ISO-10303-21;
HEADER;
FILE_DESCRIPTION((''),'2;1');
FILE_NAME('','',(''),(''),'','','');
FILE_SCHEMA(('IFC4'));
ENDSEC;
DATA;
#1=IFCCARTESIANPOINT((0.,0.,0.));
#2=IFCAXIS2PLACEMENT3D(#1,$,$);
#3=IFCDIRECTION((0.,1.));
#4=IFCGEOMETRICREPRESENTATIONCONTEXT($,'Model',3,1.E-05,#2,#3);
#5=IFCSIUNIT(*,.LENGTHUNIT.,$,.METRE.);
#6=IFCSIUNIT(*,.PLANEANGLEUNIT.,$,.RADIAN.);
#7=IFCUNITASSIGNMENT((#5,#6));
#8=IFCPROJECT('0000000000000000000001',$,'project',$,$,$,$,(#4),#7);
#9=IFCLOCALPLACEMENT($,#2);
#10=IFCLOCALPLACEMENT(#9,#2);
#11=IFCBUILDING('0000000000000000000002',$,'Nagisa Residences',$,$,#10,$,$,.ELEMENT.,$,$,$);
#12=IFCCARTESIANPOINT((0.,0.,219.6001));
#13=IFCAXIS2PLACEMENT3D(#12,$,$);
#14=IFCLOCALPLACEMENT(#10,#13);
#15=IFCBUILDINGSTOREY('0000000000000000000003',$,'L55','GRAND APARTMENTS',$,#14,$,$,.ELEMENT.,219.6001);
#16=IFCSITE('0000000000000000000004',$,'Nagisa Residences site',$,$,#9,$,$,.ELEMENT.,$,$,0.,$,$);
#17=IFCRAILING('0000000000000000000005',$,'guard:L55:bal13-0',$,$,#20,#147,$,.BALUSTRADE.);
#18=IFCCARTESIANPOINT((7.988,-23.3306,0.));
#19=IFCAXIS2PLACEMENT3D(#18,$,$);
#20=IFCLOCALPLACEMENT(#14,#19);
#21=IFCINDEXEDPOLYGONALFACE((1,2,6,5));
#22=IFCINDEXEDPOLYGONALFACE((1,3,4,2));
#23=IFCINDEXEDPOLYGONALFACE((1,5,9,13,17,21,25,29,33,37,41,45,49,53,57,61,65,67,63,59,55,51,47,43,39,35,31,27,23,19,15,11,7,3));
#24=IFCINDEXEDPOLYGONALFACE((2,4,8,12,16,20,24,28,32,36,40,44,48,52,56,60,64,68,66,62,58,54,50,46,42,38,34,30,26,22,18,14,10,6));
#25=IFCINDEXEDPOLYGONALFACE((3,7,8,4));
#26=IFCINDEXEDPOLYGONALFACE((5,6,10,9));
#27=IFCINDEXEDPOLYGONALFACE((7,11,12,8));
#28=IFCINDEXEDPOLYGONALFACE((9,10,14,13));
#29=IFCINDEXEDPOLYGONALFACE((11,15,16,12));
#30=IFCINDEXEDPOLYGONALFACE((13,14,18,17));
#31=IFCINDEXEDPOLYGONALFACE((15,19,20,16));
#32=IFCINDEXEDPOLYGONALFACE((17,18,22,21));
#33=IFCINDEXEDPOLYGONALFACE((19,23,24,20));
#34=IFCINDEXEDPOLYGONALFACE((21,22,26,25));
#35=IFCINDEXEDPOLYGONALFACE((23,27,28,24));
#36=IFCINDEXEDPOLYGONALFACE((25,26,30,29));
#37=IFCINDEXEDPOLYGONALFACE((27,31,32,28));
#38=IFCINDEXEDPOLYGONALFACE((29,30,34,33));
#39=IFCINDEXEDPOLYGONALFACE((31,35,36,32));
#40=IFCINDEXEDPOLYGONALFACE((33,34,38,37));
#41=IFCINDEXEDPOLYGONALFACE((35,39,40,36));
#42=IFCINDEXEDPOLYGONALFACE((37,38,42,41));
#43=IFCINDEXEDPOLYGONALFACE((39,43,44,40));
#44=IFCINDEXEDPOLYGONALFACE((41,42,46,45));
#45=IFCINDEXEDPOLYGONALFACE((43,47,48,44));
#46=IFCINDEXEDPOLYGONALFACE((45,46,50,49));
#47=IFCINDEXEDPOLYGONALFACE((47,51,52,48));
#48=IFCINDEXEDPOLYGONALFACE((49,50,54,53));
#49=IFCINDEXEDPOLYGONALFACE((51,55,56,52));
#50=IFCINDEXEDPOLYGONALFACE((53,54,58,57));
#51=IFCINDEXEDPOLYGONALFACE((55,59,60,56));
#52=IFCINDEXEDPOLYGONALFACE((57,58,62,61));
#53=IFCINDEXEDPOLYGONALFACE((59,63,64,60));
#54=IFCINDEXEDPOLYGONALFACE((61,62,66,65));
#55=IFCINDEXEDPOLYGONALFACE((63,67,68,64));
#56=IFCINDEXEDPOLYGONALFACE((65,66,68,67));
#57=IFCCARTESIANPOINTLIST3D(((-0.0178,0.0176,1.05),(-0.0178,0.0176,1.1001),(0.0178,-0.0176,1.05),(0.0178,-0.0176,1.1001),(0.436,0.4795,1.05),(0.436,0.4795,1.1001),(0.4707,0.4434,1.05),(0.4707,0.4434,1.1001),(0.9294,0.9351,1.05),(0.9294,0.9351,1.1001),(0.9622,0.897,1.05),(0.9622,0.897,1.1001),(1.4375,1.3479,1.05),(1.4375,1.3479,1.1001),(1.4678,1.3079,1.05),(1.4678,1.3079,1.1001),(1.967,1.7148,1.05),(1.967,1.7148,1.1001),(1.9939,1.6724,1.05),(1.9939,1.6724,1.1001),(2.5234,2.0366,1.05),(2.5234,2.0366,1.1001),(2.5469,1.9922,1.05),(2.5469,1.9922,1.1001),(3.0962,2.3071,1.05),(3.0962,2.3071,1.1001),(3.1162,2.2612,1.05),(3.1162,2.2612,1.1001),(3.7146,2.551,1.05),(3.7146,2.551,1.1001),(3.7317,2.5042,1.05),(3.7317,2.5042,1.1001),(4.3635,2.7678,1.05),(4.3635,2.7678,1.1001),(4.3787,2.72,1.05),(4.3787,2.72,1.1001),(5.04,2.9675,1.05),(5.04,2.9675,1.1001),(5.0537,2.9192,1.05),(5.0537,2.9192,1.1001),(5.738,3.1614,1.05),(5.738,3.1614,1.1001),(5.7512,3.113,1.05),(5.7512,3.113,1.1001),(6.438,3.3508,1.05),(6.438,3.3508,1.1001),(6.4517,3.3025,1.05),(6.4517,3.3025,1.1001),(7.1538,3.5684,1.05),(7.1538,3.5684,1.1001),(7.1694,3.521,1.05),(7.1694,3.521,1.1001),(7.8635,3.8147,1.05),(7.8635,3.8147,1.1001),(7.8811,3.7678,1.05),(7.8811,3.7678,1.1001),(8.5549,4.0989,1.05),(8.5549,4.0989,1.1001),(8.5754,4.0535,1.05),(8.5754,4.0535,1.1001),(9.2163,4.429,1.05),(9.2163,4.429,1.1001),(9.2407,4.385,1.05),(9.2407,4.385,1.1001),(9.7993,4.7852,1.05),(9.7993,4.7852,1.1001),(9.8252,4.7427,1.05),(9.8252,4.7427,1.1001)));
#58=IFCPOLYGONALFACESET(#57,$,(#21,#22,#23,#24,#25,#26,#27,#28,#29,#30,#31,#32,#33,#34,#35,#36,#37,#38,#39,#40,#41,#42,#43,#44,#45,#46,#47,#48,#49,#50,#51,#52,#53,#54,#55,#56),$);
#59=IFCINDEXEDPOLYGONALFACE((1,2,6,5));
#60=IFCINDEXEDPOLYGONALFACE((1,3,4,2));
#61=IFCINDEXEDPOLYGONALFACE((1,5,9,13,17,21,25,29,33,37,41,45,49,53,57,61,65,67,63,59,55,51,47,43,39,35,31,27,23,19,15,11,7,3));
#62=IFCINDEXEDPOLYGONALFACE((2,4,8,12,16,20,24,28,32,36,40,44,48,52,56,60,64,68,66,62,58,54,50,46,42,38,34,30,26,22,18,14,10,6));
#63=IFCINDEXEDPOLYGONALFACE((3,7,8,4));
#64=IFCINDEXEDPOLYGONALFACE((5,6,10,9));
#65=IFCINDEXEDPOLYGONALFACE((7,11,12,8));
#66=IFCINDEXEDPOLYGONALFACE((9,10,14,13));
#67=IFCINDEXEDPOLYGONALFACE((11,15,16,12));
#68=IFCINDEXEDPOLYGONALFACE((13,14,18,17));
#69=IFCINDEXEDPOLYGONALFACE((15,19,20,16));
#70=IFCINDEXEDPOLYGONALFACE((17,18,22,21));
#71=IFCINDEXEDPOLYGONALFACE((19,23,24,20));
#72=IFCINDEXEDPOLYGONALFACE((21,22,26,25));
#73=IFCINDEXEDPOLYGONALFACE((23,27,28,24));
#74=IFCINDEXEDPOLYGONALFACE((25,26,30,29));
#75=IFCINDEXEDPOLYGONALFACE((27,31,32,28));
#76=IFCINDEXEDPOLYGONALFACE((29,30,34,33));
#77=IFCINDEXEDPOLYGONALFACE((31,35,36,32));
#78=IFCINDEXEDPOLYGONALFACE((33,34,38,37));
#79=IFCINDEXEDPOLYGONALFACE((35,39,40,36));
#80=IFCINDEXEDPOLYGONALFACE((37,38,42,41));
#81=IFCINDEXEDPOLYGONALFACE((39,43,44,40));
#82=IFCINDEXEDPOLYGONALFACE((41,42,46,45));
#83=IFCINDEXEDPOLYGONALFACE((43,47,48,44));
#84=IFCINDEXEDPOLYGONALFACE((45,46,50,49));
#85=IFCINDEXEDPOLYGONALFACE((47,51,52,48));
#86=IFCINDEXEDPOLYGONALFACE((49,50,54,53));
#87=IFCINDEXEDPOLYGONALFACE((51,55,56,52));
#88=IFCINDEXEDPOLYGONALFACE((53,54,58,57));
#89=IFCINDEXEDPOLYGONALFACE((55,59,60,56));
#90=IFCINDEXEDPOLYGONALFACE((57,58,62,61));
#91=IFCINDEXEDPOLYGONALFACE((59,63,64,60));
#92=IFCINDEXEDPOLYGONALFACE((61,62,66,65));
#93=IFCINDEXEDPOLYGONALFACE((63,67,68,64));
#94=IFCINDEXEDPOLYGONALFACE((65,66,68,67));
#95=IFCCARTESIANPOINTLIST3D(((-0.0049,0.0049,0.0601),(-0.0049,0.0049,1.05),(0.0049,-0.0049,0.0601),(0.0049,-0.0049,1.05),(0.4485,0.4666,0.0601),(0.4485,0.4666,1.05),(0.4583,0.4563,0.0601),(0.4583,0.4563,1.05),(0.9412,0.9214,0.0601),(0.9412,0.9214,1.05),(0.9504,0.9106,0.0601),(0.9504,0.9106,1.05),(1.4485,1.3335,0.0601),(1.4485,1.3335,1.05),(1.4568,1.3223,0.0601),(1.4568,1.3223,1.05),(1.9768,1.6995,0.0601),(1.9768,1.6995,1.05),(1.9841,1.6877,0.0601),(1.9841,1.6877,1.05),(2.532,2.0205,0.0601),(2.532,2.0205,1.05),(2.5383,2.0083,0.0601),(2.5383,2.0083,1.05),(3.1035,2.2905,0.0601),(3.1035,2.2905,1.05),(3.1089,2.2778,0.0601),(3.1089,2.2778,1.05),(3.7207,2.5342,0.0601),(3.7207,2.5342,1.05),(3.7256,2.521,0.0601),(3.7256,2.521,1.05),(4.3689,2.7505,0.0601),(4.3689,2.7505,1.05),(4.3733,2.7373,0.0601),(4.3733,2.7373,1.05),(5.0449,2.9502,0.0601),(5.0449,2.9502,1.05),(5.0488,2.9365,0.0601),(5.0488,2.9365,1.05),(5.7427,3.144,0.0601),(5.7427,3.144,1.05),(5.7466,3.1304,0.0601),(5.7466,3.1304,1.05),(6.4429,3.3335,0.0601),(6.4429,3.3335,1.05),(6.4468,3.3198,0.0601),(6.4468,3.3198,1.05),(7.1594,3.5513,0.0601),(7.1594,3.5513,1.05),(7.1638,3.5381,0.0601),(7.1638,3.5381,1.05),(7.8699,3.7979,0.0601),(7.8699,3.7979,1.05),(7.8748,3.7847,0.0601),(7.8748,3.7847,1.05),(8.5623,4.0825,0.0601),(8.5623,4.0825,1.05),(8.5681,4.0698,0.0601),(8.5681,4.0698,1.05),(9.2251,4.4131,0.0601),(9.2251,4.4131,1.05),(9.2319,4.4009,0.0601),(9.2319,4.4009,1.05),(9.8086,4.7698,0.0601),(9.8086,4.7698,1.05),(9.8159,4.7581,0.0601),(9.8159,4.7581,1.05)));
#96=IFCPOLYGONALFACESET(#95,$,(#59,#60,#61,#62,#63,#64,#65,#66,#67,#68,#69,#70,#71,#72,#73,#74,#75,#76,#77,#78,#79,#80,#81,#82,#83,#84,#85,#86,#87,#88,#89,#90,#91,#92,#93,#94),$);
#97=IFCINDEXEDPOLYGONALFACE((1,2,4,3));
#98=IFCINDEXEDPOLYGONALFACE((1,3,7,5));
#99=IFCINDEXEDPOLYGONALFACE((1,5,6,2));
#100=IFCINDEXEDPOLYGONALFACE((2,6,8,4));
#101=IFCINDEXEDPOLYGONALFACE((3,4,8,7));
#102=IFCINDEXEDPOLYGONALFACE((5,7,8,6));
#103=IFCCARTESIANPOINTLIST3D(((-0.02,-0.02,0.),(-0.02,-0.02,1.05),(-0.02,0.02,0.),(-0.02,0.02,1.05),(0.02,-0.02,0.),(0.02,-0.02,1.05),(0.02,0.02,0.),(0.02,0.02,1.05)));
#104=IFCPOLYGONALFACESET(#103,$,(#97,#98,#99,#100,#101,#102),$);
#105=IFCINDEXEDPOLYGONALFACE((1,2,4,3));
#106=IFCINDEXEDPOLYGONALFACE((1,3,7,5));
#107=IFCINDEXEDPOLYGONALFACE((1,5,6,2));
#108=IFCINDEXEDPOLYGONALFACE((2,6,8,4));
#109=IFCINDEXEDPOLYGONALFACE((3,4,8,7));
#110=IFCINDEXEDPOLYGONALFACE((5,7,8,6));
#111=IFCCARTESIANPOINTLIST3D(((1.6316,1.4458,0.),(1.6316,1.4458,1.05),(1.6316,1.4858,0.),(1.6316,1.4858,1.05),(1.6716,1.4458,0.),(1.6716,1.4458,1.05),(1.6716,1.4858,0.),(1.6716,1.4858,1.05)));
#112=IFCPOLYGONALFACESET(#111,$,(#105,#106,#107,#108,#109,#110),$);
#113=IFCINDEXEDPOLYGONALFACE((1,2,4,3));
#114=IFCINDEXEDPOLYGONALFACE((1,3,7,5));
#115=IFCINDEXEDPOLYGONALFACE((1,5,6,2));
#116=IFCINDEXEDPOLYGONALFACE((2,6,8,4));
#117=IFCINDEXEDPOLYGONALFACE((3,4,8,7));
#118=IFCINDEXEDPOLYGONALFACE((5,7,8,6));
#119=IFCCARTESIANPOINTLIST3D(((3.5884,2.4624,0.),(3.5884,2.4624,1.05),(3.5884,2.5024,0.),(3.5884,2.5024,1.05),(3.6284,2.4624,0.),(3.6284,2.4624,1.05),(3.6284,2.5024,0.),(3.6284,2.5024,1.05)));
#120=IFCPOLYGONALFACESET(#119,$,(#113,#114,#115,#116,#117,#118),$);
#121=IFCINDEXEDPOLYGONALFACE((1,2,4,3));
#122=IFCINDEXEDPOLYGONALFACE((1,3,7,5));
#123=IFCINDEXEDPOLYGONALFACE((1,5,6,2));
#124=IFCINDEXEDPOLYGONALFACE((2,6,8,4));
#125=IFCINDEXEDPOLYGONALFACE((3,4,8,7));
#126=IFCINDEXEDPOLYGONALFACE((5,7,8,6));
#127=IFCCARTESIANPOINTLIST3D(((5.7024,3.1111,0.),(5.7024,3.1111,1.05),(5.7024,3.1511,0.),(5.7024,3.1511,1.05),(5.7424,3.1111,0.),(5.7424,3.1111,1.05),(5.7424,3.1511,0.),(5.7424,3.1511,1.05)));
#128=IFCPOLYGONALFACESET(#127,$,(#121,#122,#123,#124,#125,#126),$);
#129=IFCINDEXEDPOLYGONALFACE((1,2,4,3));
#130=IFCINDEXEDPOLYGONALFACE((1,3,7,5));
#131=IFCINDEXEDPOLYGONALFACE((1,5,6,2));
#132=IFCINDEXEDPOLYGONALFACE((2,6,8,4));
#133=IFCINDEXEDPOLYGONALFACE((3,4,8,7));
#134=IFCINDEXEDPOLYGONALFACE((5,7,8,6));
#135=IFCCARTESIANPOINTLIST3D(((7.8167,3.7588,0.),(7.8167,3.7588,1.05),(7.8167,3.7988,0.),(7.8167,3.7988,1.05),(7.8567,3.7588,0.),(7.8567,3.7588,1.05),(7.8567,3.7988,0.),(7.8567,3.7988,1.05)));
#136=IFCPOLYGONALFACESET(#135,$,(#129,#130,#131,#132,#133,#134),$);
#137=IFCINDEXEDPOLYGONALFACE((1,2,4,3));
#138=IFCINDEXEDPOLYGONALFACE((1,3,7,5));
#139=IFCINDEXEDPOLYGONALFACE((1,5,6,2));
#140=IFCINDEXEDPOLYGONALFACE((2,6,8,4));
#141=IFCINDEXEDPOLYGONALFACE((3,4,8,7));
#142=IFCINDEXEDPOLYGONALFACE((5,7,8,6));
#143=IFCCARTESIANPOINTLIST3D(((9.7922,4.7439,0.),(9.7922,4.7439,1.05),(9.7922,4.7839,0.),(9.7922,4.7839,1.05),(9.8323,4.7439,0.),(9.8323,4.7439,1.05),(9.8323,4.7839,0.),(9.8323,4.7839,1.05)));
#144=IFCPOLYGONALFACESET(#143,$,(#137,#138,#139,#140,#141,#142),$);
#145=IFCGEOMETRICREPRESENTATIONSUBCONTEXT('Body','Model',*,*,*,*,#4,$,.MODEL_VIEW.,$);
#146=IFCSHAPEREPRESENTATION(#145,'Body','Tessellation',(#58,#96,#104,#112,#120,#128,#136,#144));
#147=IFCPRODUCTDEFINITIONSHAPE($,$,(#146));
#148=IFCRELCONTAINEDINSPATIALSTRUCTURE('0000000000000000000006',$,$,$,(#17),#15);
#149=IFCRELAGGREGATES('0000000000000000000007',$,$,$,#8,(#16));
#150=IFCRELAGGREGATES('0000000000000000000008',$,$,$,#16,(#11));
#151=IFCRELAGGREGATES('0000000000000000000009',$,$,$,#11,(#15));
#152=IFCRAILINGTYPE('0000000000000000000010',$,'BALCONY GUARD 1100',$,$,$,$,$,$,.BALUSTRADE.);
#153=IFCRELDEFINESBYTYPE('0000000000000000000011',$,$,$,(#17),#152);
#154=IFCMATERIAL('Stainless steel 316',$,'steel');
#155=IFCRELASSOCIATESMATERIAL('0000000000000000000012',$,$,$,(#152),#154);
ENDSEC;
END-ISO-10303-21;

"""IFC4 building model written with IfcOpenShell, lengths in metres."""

from ifc_helpers import new_model, si_unit, direction, frame, origin, origin_2d, place, context, subcontext, project, spatial, polyline, rectangle, outline, extrude, material, type_object, element, save


model = new_model("IFC4")

# Units and contexts
model_context = context("Model", 3, precision=1e-05, world=origin(), true_north=direction((0.0, 1.0)))
body_context = subcontext(model_context, "Body", "Model", "MODEL_VIEW")
ifc_project = project(units=[si_unit("LENGTHUNIT", "METRE"), si_unit("PLANEANGLEUNIT", "RADIAN")], contexts=[model_context])

# Site, building, storey
site_placement = place(None, origin())
site = spatial("IfcSite", under=ifc_project, at=site_placement, Name="Nagisa Residences site", CompositionType="ELEMENT", RefElevation=0.0)
building_placement = place(site_placement, origin())
building = spatial("IfcBuilding", under=site, at=building_placement, Name="Nagisa Residences", CompositionType="ELEMENT")
storey_placement = place(building_placement, frame((0.0, 0.0, 219.6001)))
storey = spatial("IfcBuildingStorey", under=building, at=storey_placement, Name="L55", Description="GRAND APARTMENTS", CompositionType="ELEMENT", Elevation=219.6001)

# Railing
ifc_material_1 = material(Name="Stainless steel 316", Category="steel")
railing_type = type_object("IfcRailingType", Name="BALCONY GUARD 1100", PredefinedType="BALUSTRADE", material=ifc_material_1)
railing_1_placement = place(storey_placement, frame((7.988, -23.3306, 0.0)))
element("IfcRailing", 1, at=railing_1_placement, inside=storey, type_object=railing_type, Name="guard:L55:bal13-0", PredefinedType="BALUSTRADE", context=body_context, shape_type="SweptSolid", body=[
    extrude(outline(polyline([(0.436, 0.4795), (-0.0178, 0.0176), (0.0178, -0.0176), (0.4707, 0.4434), (0.9622, 0.897), (1.4678, 1.3079), (1.9939, 1.6724), (2.5469, 1.9922), (3.1162, 2.2612), (3.7317, 2.5042), (4.3787, 2.72), (5.0537, 2.9192), (5.7512, 3.113), (6.4517, 3.3025), (7.1694, 3.521), (7.8811, 3.7678), (8.5754, 4.0535), (9.2407, 4.385), (9.8252, 4.7427), (9.7993, 4.7852), (9.2163, 4.429), (8.5549, 4.0989), (7.8635, 3.8147), (7.1538, 3.5684), (6.438, 3.3508), (5.738, 3.1614), (5.04, 2.9675), (4.3635, 2.7678), (3.7146, 2.551), (3.0962, 2.3071), (2.5234, 2.0366), (1.967, 1.7148), (1.4375, 1.3479), (0.9294, 0.9351), (0.436, 0.4795)])), frame((0.0, 0.0, 1.05)), (0.0, 0.0, 1.0), 0.05),
    extrude(outline(polyline([(0.4485, 0.4666), (-0.0049, 0.0049), (0.0049, -0.0049), (0.4583, 0.4563), (0.9504, 0.9106), (1.4568, 1.3223), (1.9841, 1.6877), (2.5383, 2.0083), (3.1089, 2.2778), (3.7256, 2.521), (4.3733, 2.7373), (5.0488, 2.9365), (5.7466, 3.1304), (6.4468, 3.3198), (7.1638, 3.5381), (7.8748, 3.7847), (8.5681, 4.0698), (9.2319, 4.4009), (9.8159, 4.7581), (9.8086, 4.7698), (9.2251, 4.4131), (8.5623, 4.0825), (7.8699, 3.7979), (7.1594, 3.5513), (6.4429, 3.3335), (5.7427, 3.144), (5.0449, 2.9502), (4.3689, 2.7505), (3.7207, 2.5342), (3.1035, 2.2905), (2.532, 2.0205), (1.9768, 1.6995), (1.4485, 1.3335), (0.9412, 0.9214), (0.4485, 0.4666)])), frame((0.0, 0.0, 0.0601)), (0.0, 0.0, 1.0), 0.99),
    extrude(rectangle(XDim=0.04, YDim=0.04, at=origin_2d()), origin(), (0.0, 0.0, 1.0), 1.05),
    extrude(rectangle(XDim=0.04, YDim=0.04, at=origin_2d()), frame((1.6516, 1.4658, 0.0)), (0.0, 0.0, 1.0), 1.05),
    extrude(rectangle(XDim=0.04, YDim=0.04, at=origin_2d()), frame((3.6084, 2.4824, 0.0)), (0.0, 0.0, 1.0), 1.05),
    extrude(rectangle(XDim=0.04, YDim=0.04, at=origin_2d()), frame((5.7224, 3.1311, 0.0)), (0.0, 0.0, 1.0), 1.05),
    extrude(rectangle(XDim=0.04, YDim=0.04, at=origin_2d()), frame((7.8367, 3.7788, 0.0)), (0.0, 0.0, 1.0), 1.05),
    extrude(rectangle(XDim=0.04, YDim=0.04, at=origin_2d()), frame((9.8123, 4.7639, 0.0)), (0.0, 0.0, 1.0), 1.05),
])

save(model, "model.ifc")
